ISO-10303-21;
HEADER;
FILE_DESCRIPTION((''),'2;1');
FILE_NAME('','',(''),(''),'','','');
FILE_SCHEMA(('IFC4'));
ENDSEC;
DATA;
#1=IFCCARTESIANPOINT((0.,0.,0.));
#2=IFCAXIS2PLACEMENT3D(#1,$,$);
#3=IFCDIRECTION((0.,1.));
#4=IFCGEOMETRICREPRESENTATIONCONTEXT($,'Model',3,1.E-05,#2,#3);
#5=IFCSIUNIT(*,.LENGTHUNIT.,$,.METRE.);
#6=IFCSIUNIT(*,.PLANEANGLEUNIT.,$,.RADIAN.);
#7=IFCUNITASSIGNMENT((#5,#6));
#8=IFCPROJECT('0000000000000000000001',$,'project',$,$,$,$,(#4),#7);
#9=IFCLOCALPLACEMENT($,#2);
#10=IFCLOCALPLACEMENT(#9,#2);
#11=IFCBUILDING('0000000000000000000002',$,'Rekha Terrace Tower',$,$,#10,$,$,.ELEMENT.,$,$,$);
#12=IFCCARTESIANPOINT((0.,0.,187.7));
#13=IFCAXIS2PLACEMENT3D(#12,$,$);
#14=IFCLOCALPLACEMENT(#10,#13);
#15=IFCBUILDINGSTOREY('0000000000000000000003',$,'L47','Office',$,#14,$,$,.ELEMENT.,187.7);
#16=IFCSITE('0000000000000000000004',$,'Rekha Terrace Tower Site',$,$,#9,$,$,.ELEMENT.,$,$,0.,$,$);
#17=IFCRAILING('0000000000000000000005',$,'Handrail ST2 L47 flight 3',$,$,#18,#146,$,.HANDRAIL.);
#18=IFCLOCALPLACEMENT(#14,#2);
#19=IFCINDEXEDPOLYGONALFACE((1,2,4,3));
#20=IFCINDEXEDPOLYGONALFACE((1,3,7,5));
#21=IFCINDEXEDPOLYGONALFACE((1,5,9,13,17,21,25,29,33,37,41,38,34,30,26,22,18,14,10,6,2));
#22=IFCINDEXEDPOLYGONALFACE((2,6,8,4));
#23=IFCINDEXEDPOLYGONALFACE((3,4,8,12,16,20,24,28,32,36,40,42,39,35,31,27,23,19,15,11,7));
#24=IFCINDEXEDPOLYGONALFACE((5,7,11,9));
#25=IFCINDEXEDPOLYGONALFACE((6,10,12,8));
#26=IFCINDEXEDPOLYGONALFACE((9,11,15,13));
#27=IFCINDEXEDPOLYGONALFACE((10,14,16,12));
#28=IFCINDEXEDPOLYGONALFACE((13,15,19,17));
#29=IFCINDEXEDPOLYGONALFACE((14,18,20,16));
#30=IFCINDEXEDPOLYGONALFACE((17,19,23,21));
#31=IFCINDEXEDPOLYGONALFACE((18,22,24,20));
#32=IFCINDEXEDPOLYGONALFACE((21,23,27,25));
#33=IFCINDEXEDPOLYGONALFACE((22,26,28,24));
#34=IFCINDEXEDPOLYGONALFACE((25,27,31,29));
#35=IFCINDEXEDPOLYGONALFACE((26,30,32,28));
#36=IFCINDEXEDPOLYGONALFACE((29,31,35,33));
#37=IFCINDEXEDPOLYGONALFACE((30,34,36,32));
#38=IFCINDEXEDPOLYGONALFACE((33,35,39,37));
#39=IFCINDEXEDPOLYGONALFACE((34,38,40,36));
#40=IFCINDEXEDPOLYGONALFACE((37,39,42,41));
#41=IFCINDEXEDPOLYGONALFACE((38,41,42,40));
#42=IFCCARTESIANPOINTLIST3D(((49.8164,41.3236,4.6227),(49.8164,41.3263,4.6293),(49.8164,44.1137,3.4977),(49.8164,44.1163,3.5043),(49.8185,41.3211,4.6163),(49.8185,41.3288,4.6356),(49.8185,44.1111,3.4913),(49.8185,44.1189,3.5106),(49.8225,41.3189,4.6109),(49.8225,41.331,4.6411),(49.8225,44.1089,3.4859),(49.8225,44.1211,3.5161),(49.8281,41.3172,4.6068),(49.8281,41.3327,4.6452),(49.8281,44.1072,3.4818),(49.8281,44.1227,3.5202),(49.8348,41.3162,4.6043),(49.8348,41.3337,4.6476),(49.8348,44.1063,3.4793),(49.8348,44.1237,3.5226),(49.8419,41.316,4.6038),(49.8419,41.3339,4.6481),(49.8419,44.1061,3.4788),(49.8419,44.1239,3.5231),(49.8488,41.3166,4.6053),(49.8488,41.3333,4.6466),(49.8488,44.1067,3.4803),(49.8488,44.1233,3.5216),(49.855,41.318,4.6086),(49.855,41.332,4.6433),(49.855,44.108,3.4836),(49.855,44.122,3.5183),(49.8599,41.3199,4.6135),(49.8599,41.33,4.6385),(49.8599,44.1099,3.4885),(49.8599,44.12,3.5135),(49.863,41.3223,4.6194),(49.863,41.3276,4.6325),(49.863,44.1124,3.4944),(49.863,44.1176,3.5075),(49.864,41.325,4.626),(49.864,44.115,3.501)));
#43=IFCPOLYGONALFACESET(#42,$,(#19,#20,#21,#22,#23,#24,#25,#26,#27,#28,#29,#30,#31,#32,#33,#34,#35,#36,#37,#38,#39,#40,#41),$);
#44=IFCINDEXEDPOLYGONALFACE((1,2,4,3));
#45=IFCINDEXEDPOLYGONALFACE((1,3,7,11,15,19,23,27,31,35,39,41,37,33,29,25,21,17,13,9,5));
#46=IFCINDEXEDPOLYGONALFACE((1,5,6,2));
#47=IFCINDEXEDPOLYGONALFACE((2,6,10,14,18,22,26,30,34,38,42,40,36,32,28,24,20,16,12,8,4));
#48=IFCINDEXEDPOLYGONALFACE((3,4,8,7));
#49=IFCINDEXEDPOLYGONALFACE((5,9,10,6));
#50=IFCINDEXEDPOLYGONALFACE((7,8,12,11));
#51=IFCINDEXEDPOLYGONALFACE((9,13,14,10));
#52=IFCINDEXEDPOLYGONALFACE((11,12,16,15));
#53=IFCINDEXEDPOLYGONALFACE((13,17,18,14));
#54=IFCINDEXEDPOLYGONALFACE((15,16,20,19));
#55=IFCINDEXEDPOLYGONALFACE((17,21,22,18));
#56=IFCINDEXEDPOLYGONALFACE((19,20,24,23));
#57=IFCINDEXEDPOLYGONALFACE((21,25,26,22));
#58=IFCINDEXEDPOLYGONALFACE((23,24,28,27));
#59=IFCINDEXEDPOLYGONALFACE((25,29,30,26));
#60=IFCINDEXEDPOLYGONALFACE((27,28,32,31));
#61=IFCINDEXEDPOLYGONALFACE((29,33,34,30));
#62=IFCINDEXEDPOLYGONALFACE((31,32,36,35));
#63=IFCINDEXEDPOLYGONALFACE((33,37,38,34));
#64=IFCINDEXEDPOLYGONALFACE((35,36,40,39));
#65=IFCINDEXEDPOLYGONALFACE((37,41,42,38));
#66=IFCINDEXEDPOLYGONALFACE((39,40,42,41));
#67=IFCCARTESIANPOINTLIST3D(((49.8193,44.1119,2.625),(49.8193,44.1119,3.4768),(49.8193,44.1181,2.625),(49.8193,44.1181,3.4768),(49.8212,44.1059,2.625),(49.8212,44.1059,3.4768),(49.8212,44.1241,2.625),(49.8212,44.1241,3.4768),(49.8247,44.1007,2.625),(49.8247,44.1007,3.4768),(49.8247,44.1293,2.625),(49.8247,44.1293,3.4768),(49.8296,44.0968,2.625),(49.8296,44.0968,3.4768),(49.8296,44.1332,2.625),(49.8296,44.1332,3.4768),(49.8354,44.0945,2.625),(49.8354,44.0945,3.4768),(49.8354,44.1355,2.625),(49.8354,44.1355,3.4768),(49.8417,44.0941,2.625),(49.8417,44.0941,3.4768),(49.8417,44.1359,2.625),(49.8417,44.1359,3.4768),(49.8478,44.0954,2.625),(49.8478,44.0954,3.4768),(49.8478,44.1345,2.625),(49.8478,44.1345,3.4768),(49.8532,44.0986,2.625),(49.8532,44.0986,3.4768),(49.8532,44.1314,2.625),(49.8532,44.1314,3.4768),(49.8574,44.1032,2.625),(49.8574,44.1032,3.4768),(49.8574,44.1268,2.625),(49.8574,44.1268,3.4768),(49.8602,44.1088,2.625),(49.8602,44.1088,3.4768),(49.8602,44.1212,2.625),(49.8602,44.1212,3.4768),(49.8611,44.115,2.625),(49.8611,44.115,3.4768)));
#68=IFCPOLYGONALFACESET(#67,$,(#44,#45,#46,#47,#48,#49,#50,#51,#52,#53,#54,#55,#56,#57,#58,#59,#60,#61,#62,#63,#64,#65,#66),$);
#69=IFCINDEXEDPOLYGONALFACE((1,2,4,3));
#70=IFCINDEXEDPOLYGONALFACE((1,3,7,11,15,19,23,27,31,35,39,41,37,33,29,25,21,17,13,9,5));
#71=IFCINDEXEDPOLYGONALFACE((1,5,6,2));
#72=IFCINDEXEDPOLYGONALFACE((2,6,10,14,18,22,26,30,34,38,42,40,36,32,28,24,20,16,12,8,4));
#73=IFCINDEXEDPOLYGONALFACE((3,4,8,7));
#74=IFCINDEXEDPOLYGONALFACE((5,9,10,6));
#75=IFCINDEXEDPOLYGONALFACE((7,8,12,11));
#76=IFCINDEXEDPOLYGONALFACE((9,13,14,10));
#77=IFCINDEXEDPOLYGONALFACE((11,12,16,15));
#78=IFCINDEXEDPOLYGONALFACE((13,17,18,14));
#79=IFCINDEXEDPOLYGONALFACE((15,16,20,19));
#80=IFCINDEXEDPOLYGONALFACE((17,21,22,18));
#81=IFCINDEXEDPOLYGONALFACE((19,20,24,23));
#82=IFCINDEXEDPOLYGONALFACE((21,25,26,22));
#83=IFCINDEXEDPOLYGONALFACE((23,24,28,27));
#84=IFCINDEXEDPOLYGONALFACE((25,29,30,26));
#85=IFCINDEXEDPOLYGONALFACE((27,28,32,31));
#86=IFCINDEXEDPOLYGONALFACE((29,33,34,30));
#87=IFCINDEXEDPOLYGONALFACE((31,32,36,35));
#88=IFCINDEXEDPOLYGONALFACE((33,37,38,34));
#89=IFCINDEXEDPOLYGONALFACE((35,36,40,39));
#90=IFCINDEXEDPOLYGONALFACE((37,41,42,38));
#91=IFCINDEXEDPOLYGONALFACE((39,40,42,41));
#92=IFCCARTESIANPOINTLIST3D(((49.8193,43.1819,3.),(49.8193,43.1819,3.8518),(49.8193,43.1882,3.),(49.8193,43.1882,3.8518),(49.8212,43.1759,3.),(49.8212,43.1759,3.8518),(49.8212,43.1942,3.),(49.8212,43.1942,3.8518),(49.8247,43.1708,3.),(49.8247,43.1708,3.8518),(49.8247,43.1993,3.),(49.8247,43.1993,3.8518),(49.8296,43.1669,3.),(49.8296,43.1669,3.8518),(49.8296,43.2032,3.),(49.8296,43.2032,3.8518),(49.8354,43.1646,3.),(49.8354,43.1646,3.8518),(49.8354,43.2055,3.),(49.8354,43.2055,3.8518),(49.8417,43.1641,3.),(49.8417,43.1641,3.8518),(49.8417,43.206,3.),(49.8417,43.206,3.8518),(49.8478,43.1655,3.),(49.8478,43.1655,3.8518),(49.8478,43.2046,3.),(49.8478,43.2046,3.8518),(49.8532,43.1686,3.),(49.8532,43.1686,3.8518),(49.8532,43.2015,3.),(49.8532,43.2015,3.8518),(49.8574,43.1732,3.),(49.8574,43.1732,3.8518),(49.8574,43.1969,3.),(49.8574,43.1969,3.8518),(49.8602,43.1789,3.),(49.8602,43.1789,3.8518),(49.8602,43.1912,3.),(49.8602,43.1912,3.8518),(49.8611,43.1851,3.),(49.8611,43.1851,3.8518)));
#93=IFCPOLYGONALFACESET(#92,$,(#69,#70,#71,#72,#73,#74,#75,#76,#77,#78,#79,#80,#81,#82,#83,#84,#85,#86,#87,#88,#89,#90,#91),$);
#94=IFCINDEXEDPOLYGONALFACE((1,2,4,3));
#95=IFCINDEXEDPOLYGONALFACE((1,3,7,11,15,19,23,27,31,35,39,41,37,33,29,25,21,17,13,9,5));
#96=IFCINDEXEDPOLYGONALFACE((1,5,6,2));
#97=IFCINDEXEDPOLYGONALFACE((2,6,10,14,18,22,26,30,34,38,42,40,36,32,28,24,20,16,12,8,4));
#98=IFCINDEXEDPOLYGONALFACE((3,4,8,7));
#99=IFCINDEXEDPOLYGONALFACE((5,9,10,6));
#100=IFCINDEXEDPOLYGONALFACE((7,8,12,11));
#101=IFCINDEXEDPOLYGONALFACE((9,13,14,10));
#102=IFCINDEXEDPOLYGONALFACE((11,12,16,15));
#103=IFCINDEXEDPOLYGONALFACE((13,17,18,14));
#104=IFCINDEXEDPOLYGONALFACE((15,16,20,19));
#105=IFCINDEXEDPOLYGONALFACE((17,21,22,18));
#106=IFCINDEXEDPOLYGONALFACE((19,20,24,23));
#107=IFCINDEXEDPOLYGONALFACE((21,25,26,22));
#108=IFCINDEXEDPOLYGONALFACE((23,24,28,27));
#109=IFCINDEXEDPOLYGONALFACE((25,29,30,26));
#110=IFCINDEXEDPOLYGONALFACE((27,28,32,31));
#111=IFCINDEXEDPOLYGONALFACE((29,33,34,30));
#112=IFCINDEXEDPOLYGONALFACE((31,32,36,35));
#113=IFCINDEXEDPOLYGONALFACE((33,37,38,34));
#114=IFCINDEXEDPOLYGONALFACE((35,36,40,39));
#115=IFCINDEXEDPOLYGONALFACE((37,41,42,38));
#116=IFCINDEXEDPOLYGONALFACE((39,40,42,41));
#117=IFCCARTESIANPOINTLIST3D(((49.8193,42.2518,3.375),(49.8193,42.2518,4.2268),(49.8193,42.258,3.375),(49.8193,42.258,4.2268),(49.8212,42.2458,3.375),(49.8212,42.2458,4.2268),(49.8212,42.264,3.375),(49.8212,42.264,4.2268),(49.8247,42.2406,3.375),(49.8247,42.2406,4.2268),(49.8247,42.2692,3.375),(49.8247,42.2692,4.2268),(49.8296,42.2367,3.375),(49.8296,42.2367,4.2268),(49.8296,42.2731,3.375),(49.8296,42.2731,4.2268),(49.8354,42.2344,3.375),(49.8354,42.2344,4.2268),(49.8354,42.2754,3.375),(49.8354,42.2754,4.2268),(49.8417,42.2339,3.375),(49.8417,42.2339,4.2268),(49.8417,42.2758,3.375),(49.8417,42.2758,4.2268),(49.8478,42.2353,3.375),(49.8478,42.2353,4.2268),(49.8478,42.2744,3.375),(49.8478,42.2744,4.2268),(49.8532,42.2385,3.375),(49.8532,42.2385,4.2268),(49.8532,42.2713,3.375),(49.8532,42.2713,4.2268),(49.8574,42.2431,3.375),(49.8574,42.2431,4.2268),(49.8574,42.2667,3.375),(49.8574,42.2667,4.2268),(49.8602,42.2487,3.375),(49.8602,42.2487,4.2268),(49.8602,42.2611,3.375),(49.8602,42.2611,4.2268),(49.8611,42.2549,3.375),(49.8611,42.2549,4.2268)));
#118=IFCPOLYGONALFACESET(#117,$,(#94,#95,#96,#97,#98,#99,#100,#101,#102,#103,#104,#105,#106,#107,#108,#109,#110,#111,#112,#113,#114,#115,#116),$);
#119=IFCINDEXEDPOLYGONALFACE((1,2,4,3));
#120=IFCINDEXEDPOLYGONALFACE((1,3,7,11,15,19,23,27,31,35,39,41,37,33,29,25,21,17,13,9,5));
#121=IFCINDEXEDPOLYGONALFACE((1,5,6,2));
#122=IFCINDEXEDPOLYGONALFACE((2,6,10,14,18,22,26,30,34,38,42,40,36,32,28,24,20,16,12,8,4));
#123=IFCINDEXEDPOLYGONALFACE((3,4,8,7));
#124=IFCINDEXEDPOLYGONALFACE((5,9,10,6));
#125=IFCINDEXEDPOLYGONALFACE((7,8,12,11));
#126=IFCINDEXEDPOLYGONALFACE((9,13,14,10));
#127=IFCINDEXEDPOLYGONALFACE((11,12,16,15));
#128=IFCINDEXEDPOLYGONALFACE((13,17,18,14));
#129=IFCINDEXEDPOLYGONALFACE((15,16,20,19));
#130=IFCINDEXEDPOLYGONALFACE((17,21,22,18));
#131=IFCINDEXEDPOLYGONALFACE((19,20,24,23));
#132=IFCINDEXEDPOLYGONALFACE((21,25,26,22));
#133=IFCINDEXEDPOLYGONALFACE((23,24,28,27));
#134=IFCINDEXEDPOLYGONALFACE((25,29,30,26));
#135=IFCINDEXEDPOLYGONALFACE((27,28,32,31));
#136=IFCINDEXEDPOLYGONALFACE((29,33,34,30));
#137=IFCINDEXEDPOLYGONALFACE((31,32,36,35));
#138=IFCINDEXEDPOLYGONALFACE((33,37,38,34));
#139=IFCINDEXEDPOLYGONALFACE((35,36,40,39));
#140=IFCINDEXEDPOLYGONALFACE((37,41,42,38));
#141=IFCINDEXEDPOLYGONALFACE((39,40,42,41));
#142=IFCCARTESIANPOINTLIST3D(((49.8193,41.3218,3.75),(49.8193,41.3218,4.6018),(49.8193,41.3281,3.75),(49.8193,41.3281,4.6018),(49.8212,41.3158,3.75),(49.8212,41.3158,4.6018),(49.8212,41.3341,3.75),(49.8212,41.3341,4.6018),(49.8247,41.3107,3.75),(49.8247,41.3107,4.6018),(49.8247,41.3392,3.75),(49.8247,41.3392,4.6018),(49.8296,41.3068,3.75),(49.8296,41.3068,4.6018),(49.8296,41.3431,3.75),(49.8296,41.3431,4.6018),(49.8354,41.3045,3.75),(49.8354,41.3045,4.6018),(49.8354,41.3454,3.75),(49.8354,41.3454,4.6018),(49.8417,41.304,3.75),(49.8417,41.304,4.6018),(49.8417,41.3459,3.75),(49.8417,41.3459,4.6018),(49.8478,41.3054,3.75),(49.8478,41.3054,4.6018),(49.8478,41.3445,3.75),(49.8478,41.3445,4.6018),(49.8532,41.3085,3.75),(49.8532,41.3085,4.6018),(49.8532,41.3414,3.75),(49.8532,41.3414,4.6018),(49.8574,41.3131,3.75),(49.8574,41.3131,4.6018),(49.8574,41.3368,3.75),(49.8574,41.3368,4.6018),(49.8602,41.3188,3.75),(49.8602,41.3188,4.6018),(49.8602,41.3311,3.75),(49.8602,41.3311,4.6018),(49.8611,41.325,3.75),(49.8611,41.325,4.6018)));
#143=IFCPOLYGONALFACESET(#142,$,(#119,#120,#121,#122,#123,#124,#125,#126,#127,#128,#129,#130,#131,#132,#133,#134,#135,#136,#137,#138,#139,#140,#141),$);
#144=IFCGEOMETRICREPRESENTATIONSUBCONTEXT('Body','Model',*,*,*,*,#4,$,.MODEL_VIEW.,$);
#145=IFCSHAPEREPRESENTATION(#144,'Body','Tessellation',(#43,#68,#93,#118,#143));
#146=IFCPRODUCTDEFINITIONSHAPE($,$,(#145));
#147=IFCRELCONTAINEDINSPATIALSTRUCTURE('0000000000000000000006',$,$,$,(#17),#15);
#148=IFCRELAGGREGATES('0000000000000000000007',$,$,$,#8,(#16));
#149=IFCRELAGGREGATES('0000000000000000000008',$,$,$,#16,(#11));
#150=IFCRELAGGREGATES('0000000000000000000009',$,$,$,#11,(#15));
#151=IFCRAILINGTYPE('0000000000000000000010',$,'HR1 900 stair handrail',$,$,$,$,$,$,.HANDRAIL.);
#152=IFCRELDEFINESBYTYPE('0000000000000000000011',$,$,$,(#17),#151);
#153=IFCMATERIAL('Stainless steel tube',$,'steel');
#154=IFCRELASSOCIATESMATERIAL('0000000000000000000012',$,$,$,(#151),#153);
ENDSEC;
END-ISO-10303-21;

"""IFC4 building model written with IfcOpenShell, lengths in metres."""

from ifc_helpers import new_model, si_unit, direction, frame, origin, origin_2d, place, context, subcontext, project, spatial, circle, extrude, material, type_object, element, save


model = new_model("IFC4")

# Units and contexts
model_context = context("Model", 3, precision=1e-05, world=origin(), true_north=direction((0.0, 1.0)))
body_context = subcontext(model_context, "Body", "Model", "MODEL_VIEW")
ifc_project = project(units=[si_unit("LENGTHUNIT", "METRE"), si_unit("PLANEANGLEUNIT", "RADIAN")], contexts=[model_context])

# Site, building, storey
site_placement = place(None, origin())
site = spatial("IfcSite", under=ifc_project, at=site_placement, Name="Rekha Terrace Tower Site", CompositionType="ELEMENT", RefElevation=0.0)
building_placement = place(site_placement, origin())
building = spatial("IfcBuilding", under=site, at=building_placement, Name="Rekha Terrace Tower", CompositionType="ELEMENT")
storey_placement = place(building_placement, frame((0.0, 0.0, 187.7)))
storey = spatial("IfcBuildingStorey", under=building, at=storey_placement, Name="L47", Description="Office", CompositionType="ELEMENT", Elevation=187.7)

# Railing
ifc_material_1 = material(Name="Stainless steel tube", Category="steel")
railing_type_1 = type_object("IfcRailingType", Name="HR1 900 stair handrail", PredefinedType="HANDRAIL", material=ifc_material_1)
railing_1_placement = place(storey_placement, frame((49.8401, 44.115, 2.625)))
element("IfcRailing", 1, at=railing_1_placement, inside=storey, type_object=railing_type_1, Name="Handrail ST2 L47 flight 3", PredefinedType="HANDRAIL", context=body_context, shape_type="SweptSolid", body=[
    extrude(circle(Radius=0.0239, at=origin_2d()), frame((0.0, 0.0, 0.876), z_axis=(0.0, -0.927443, 0.373964), x_axis=(1.0, 0.0, 0.0)), (0.0, 0.0, 1.0), 3.0083),
    extrude(circle(Radius=0.021, at=origin_2d()), origin(), (0.0, 0.0, 1.0), 0.8518),
    extrude(circle(Radius=0.021, at=origin_2d()), frame((0.0, -0.9299, 0.375)), (0.0, 0.0, 1.0), 0.8518),
    extrude(circle(Radius=0.021, at=origin_2d()), frame((0.0, -1.8601, 0.75)), (0.0, 0.0, 1.0), 0.8518),
    extrude(circle(Radius=0.021, at=origin_2d()), frame((0.0, -2.79, 1.125)), (0.0, 0.0, 1.0), 0.8518),
])

save(model, "model.ifc")
